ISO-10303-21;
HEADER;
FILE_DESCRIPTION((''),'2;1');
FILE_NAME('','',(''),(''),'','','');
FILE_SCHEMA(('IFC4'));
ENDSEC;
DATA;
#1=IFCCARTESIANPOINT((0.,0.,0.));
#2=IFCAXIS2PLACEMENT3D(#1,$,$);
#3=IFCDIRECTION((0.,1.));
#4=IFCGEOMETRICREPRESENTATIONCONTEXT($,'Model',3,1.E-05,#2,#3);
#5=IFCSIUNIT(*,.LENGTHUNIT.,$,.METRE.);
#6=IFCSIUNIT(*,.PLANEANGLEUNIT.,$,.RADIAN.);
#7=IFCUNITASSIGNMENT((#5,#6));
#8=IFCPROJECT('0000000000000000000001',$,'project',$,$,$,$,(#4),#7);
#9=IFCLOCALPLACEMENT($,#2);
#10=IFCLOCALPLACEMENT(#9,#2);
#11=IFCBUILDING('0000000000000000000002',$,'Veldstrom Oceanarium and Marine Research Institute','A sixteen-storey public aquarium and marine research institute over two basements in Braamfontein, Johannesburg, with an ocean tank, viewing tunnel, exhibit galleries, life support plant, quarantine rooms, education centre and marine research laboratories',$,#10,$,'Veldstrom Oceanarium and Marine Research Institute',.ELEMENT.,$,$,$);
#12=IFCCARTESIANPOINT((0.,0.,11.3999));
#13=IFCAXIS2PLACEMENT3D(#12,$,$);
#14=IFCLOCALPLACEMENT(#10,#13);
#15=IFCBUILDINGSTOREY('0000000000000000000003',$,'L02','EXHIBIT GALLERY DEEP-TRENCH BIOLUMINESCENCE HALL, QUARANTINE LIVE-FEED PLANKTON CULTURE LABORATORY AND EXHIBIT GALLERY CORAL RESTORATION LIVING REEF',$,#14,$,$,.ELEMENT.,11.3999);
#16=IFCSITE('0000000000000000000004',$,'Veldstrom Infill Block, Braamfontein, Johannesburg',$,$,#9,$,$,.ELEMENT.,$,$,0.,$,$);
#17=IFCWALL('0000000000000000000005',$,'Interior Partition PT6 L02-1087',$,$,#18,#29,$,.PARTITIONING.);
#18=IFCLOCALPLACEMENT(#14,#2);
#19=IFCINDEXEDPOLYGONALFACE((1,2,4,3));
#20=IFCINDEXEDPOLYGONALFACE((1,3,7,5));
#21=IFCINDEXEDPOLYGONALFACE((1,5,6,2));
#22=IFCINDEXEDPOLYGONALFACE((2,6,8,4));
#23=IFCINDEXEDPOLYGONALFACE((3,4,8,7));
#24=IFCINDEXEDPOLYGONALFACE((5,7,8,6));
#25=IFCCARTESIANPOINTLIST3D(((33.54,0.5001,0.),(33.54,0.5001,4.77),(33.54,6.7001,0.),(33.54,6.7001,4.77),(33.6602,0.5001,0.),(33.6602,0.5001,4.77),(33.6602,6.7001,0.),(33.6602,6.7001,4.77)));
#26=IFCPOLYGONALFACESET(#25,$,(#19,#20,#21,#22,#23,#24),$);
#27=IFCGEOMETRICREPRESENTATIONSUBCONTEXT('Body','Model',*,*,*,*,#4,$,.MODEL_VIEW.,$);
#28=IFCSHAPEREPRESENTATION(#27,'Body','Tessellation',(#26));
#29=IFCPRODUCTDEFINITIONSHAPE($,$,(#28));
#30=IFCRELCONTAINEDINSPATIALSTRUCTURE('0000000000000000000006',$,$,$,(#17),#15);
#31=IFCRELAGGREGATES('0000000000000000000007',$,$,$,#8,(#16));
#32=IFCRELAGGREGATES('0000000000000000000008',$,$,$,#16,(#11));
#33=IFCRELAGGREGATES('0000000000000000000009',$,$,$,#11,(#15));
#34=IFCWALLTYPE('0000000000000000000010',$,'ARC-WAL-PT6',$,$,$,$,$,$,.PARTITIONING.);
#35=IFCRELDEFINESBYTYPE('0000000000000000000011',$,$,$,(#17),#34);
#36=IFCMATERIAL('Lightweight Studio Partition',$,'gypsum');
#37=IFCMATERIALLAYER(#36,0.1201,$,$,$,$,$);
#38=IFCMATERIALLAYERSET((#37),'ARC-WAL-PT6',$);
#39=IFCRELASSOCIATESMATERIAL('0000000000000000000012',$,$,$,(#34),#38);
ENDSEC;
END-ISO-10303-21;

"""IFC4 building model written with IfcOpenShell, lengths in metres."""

from ifc_helpers import new_model, si_unit, direction, frame, frame_2d, origin, place, context, subcontext, project, spatial, rectangle, extrude, material, layer, layer_set, type_object, element, save


model = new_model("IFC4")

# Units and contexts
model_context = context("Model", 3, precision=1e-05, world=origin(), true_north=direction((0.0, 1.0)))
body_context = subcontext(model_context, "Body", "Model", "MODEL_VIEW")
ifc_project = project(units=[si_unit("LENGTHUNIT", "METRE"), si_unit("PLANEANGLEUNIT", "RADIAN")], contexts=[model_context])

# Site, building, storey
site_placement = place(None, origin())
site = spatial("IfcSite", under=ifc_project, at=site_placement, Name="Veldstrom Infill Block, Braamfontein, Johannesburg", CompositionType="ELEMENT", RefElevation=0.0)
building_placement = place(site_placement, origin())
building = spatial("IfcBuilding", under=site, at=building_placement, Name="Veldstrom Oceanarium and Marine Research Institute", Description="A sixteen-storey public aquarium and marine research institute over two basements in Braamfontein, Johannesburg, with an ocean tank, viewing tunnel, exhibit galleries, life support plant, quarantine rooms, education centre and marine research laboratories", LongName="Veldstrom Oceanarium and Marine Research Institute", CompositionType="ELEMENT")
storey_placement = place(building_placement, frame((0.0, 0.0, 11.3999)))
storey = spatial("IfcBuildingStorey", under=building, at=storey_placement, Name="L02", Description="EXHIBIT GALLERY DEEP-TRENCH BIOLUMINESCENCE HALL, QUARANTINE LIVE-FEED PLANKTON CULTURE LABORATORY AND EXHIBIT GALLERY CORAL RESTORATION LIVING REEF", CompositionType="ELEMENT", Elevation=11.3999)

# Wall
ifc_material_1 = material(Name="Lightweight Studio Partition", Category="gypsum")
ifc_layer_1 = layer(ifc_material_1, 0.1201)
ifc_layer_set_1 = layer_set([ifc_layer_1], Name="ARC-WAL-PT6")
wall_type = type_object("IfcWallType", Name="ARC-WAL-PT6", PredefinedType="PARTITIONING", material=ifc_layer_set_1)
wall_1_placement = place(storey_placement, frame((33.6001, 0.5, 0.0), z_axis=(0.0, 0.0, 1.0), x_axis=(0.0, 1.0, 0.0)))
element("IfcWall", 1, at=wall_1_placement, inside=storey, type_object=wall_type, Name="Interior Partition PT6 L02-1087", PredefinedType="PARTITIONING", context=body_context, shape_type="SweptSolid", body=[
    extrude(rectangle(XDim=6.2, YDim=0.1201, at=frame_2d((3.1001, 0.0))), origin(), (0.0, 0.0, 1.0), 4.77),
])

save(model, "model.ifc")
